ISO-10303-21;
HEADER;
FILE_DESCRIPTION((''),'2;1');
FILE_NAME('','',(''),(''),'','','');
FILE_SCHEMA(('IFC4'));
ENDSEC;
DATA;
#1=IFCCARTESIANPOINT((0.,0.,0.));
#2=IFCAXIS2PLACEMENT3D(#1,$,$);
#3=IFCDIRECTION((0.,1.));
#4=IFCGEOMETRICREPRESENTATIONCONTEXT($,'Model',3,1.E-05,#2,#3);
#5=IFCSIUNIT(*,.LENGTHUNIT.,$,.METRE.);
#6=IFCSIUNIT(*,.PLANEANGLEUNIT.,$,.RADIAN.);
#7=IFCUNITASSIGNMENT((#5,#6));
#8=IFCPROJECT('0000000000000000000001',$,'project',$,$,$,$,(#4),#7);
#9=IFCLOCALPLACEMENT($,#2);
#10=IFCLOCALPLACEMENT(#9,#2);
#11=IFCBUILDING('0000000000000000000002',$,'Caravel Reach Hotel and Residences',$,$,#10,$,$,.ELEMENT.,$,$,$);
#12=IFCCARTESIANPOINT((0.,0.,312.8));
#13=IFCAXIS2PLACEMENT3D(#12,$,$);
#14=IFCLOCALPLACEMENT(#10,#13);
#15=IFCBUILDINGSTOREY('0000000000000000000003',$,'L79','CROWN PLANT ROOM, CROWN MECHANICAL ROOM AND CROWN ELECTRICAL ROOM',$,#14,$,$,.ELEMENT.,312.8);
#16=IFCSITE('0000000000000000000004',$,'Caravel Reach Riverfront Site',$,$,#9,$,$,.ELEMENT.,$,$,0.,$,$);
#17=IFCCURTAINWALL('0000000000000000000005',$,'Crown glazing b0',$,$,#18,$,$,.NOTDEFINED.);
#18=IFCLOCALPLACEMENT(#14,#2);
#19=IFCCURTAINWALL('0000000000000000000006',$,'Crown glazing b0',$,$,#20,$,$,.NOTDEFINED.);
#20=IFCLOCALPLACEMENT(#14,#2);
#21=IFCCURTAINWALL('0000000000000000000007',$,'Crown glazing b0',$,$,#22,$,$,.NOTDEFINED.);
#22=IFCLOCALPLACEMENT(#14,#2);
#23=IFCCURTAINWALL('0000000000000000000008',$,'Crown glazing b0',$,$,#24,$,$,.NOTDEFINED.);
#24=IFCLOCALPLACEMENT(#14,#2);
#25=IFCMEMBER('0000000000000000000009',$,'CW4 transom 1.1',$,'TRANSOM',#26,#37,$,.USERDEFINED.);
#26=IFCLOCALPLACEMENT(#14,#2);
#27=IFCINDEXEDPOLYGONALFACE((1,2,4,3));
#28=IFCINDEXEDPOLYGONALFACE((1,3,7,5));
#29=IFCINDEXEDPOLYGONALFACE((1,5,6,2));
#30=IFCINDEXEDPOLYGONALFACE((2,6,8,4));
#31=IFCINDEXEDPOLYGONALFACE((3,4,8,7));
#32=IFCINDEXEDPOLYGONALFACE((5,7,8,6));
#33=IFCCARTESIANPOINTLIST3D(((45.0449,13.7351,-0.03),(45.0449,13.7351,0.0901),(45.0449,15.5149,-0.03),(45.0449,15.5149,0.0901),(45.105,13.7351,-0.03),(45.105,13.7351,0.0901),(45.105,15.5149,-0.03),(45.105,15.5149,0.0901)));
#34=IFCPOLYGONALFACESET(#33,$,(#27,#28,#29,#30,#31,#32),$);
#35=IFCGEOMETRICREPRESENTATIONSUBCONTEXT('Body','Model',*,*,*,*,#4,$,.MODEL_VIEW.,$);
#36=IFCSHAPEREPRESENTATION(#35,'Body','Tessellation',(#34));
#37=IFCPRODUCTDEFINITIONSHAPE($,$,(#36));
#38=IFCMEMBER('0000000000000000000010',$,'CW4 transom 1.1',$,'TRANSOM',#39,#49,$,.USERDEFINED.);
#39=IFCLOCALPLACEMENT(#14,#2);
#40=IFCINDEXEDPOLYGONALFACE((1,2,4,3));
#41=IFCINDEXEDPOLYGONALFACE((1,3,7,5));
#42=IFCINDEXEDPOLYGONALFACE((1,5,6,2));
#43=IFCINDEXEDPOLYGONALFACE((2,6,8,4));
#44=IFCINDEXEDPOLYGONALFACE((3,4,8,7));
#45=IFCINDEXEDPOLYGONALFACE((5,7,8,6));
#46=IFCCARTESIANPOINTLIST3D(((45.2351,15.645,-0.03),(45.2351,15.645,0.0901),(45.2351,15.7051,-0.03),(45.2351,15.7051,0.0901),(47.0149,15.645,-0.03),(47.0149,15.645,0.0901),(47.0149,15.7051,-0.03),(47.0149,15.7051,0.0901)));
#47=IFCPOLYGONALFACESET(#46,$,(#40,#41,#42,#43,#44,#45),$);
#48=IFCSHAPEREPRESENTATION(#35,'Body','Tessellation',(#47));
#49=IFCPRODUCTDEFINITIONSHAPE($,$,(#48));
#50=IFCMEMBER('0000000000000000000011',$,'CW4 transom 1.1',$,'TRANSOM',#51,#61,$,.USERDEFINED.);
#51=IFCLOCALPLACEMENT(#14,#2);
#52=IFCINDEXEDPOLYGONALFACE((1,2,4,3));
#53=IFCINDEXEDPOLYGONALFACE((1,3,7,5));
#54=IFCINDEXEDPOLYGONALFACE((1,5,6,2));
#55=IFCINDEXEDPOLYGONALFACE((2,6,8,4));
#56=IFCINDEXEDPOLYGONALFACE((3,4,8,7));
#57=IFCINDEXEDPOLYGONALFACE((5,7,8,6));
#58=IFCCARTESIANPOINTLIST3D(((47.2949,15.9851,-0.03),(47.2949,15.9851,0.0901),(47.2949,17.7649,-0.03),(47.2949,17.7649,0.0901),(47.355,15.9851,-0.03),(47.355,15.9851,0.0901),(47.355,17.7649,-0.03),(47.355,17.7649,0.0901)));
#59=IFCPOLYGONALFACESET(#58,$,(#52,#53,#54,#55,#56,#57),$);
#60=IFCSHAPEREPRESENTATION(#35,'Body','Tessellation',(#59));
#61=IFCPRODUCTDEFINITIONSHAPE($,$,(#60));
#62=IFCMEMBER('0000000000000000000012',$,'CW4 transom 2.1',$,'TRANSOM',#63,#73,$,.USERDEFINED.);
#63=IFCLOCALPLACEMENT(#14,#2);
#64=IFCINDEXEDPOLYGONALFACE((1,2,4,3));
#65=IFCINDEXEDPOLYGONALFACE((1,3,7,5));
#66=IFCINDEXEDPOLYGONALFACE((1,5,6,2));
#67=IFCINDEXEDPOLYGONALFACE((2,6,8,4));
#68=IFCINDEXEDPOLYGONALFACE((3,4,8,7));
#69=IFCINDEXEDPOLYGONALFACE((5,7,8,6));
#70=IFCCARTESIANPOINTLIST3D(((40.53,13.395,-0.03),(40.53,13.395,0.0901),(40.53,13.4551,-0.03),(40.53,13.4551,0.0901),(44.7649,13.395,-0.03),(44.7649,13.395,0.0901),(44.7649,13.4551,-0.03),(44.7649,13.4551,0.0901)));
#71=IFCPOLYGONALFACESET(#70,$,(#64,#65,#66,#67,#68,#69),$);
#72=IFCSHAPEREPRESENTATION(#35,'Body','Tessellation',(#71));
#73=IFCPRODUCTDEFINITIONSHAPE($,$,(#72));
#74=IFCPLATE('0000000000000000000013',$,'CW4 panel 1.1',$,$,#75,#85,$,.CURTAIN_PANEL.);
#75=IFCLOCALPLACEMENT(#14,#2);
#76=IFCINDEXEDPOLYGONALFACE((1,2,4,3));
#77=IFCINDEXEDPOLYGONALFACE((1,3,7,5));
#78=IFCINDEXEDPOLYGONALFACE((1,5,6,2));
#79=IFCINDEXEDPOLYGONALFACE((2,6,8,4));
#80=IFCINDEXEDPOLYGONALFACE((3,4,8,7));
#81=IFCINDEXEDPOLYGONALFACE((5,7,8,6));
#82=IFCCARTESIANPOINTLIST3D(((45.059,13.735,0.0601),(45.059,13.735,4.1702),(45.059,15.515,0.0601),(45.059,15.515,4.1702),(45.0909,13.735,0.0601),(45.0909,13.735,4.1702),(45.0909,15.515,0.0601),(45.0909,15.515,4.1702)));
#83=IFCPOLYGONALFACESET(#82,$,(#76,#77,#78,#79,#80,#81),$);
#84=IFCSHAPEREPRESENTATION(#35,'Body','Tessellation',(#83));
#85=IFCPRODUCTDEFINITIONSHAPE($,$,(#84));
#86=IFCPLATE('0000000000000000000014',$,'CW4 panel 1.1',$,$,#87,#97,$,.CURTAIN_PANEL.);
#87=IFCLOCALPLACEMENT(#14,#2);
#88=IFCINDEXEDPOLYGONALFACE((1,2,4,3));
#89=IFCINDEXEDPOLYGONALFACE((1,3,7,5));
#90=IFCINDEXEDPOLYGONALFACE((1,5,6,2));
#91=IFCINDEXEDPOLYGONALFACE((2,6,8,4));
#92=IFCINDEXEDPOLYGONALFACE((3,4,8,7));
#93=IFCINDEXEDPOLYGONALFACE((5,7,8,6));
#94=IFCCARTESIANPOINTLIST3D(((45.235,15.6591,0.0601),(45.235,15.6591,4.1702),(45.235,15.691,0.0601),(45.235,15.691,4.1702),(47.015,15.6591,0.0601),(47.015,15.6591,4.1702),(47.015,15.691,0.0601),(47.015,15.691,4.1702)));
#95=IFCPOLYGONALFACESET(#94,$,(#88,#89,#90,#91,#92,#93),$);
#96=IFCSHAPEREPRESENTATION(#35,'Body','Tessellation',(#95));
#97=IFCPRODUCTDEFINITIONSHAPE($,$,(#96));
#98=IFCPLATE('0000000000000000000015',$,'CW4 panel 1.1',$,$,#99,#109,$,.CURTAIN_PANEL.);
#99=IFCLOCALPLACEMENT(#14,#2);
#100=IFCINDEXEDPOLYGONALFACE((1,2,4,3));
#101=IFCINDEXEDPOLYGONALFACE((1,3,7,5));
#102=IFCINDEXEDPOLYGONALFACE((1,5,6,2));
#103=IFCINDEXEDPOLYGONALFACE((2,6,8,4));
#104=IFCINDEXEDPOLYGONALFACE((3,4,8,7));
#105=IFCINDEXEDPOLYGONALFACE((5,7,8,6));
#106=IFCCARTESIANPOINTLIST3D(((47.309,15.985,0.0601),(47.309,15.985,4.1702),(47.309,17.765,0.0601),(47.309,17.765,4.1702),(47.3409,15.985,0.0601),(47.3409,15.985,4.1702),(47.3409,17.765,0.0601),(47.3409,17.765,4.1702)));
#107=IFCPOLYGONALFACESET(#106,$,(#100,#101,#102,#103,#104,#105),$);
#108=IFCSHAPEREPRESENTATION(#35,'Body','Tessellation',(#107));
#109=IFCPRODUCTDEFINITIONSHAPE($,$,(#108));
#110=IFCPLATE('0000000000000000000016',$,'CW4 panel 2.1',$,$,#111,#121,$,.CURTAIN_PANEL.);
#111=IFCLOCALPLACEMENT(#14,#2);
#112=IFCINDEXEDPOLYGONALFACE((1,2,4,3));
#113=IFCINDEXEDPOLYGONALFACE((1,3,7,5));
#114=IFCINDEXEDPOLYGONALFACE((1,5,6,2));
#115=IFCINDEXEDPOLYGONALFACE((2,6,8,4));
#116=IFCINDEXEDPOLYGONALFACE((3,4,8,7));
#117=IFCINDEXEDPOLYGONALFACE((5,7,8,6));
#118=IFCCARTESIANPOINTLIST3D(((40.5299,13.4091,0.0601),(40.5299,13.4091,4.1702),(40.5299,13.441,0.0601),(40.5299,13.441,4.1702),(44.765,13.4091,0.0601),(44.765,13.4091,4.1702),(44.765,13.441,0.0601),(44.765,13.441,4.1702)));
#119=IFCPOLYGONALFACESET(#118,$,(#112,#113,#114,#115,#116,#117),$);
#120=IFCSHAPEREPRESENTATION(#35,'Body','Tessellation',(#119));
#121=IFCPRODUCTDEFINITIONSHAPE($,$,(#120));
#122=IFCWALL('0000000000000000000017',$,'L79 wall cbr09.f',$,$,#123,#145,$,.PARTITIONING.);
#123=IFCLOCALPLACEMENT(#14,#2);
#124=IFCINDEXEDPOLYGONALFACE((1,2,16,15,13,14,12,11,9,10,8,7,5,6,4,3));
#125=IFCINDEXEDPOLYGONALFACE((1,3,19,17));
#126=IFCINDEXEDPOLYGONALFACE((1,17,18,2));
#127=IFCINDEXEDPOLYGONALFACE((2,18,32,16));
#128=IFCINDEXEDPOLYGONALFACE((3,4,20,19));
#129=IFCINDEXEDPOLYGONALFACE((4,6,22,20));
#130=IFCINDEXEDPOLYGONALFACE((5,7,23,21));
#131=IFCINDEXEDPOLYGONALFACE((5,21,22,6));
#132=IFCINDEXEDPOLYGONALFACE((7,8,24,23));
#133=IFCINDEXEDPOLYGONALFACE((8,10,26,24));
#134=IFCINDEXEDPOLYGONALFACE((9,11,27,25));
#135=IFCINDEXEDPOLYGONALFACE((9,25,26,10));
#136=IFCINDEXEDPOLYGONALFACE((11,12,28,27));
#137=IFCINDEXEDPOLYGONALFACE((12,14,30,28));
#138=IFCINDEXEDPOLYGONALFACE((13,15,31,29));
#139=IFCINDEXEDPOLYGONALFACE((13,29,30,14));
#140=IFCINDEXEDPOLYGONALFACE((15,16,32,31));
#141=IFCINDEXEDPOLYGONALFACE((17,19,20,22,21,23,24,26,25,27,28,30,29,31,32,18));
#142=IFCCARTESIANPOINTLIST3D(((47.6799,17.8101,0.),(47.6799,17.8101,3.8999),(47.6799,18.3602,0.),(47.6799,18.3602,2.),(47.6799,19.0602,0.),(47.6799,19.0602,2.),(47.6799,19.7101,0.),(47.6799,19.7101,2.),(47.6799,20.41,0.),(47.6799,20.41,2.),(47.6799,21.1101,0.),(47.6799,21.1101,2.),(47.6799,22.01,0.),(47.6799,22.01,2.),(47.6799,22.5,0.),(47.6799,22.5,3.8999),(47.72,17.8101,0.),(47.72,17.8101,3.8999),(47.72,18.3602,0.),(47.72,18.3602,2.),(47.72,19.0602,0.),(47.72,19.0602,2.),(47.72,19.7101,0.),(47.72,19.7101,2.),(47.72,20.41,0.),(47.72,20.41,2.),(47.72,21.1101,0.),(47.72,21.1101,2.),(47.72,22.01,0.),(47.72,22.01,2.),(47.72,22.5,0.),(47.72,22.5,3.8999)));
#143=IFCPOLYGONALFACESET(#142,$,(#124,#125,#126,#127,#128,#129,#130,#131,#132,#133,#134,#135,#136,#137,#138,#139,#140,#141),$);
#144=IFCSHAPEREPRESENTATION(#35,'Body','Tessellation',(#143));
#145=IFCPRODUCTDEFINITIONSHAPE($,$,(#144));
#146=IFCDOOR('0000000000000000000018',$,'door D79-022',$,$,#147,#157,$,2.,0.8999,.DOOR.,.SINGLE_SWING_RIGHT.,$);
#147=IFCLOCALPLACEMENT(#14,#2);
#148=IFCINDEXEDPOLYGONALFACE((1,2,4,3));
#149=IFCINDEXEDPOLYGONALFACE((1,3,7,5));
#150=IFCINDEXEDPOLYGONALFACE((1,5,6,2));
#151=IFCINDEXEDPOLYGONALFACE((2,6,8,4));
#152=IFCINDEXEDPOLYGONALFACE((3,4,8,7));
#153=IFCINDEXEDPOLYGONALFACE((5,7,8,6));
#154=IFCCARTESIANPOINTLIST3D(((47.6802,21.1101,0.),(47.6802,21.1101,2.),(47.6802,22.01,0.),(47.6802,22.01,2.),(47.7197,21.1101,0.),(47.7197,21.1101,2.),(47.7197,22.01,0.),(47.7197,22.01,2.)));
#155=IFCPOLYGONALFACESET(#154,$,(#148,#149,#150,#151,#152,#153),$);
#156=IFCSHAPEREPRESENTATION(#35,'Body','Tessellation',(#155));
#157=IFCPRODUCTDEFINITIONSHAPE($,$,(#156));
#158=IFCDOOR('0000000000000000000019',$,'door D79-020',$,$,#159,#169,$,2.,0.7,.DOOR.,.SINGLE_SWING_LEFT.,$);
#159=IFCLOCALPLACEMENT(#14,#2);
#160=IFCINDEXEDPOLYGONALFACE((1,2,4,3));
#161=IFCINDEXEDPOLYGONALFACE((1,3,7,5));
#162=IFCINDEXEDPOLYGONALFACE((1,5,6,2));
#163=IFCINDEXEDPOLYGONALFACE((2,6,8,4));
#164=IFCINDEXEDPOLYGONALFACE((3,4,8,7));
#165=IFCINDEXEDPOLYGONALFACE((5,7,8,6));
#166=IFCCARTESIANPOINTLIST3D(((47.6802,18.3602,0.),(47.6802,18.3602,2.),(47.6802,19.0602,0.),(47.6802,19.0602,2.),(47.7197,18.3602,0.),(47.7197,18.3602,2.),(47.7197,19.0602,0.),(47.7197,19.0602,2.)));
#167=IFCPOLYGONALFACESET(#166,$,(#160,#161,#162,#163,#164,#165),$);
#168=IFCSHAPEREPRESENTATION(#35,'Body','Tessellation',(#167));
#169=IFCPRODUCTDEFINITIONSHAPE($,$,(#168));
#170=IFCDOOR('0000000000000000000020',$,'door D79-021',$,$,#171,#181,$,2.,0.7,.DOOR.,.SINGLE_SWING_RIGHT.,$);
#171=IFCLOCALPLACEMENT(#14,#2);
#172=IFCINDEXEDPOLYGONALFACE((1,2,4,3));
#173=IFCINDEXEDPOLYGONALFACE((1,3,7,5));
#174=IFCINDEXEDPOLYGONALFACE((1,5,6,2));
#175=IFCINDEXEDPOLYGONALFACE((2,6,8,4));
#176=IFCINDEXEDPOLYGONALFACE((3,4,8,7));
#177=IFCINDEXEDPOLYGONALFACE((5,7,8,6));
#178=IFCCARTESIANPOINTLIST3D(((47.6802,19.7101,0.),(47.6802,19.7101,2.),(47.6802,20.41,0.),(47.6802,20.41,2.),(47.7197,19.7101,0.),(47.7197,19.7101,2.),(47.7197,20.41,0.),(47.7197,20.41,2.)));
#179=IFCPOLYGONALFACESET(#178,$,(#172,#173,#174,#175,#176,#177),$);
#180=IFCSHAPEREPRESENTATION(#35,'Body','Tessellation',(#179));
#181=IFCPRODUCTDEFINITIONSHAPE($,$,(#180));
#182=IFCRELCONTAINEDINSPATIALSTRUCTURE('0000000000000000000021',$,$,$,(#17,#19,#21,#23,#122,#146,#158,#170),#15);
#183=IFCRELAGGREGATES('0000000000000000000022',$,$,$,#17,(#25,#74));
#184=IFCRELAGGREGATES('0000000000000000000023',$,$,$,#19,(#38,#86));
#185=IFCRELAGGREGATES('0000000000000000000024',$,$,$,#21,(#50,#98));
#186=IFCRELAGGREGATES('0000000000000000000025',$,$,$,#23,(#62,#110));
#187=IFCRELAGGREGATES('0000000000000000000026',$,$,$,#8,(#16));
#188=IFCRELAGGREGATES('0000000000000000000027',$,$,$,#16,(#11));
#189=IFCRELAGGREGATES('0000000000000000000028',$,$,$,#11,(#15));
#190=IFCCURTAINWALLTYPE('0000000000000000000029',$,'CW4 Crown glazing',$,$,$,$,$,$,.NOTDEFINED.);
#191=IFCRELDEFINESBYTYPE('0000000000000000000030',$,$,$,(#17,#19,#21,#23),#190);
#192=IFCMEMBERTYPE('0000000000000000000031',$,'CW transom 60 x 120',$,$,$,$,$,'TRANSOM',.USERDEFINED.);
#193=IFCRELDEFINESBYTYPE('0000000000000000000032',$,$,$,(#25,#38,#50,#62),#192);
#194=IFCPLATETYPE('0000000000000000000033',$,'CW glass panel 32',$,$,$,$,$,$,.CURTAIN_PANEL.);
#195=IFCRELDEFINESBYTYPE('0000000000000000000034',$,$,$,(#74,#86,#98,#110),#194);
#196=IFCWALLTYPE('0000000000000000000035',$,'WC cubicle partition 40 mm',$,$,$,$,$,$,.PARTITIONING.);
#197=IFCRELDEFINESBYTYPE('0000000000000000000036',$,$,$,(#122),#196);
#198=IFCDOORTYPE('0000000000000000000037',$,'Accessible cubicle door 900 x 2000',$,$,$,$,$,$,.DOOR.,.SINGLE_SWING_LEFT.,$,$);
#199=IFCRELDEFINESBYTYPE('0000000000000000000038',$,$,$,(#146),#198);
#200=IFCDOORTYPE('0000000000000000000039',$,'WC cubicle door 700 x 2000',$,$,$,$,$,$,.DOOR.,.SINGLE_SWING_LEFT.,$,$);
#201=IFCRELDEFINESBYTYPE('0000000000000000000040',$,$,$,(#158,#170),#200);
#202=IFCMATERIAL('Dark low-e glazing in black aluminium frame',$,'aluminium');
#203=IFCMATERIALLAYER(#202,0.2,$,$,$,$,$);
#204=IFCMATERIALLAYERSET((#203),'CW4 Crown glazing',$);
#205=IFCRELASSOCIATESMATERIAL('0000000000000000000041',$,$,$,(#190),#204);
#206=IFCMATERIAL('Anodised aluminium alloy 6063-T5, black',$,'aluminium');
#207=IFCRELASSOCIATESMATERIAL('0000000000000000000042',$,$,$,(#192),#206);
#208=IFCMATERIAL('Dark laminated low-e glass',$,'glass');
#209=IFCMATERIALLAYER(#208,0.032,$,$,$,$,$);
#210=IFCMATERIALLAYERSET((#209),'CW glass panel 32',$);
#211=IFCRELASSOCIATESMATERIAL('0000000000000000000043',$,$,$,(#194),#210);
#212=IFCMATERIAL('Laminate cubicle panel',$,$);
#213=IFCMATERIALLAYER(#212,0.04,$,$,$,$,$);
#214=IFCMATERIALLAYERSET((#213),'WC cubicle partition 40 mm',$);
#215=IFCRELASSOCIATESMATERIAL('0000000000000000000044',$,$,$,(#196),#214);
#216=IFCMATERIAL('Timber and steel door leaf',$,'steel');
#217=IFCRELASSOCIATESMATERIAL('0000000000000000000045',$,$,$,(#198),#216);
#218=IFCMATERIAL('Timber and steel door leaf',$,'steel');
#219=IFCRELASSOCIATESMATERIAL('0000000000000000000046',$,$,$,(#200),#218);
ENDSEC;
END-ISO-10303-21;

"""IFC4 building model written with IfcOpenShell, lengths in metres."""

from ifc_helpers import new_model, si_unit, direction, frame, frame_2d, origin, origin_2d, place, context, subcontext, project, spatial, rectangle, extrude, material, layer, layer_set, material_profile, profile_set, type_object, element, fill, aggregate, save


model = new_model("IFC4")

# Units and contexts
model_context = context("Model", 3, precision=1e-05, world=origin(), true_north=direction((0.0, 1.0)))
body_context = subcontext(model_context, "Body", "Model", "MODEL_VIEW")
ifc_project = project(units=[si_unit("LENGTHUNIT", "METRE"), si_unit("PLANEANGLEUNIT", "RADIAN")], contexts=[model_context])

# Site, building, storey
site_placement = place(None, origin())
site = spatial("IfcSite", under=ifc_project, at=site_placement, Name="Caravel Reach Riverfront Site", CompositionType="ELEMENT", RefElevation=0.0)
building_placement = place(site_placement, origin())
building = spatial("IfcBuilding", under=site, at=building_placement, Name="Caravel Reach Hotel and Residences", CompositionType="ELEMENT")
storey_placement = place(building_placement, frame((0.0, 0.0, 312.8)))
storey = spatial("IfcBuildingStorey", under=building, at=storey_placement, Name="L79", Description="CROWN PLANT ROOM, CROWN MECHANICAL ROOM AND CROWN ELECTRICAL ROOM", CompositionType="ELEMENT", Elevation=312.8)

# Curtain walls
ifc_material_1 = material(Name="Dark low-e glazing in black aluminium frame", Category="aluminium")
ifc_layer_1 = layer(ifc_material_1, 0.2)
ifc_layer_set_1 = layer_set([ifc_layer_1], Name="CW4 Crown glazing")
curtain_wall_type = type_object("IfcCurtainWallType", Name="CW4 Crown glazing", PredefinedType="NOTDEFINED", material=ifc_layer_set_1)
curtain_wall_1_placement = place(storey_placement, origin())
curtain_wall_1 = element("IfcCurtainWall", 1, at=curtain_wall_1_placement, inside=storey, type_object=curtain_wall_type, Name="Crown glazing b0", PredefinedType="NOTDEFINED")
curtain_wall_2_placement = place(storey_placement, origin())
curtain_wall_2 = element("IfcCurtainWall", 2, at=curtain_wall_2_placement, inside=storey, type_object=curtain_wall_type, Name="Crown glazing b0", PredefinedType="NOTDEFINED")
curtain_wall_3_placement = place(storey_placement, origin())
curtain_wall_3 = element("IfcCurtainWall", 3, at=curtain_wall_3_placement, inside=storey, type_object=curtain_wall_type, Name="Crown glazing b0", PredefinedType="NOTDEFINED")

# Curtain wall
curtain_wall_4_placement = place(storey_placement, origin())
curtain_wall_4 = element("IfcCurtainWall", 4, at=curtain_wall_4_placement, inside=storey, type_object=curtain_wall_type, Name="Crown glazing b0", PredefinedType="NOTDEFINED")

# Members
ifc_material_2 = material(Name="Anodised aluminium alloy 6063-T5, black", Category="aluminium")
ifc_material_profile_1 = material_profile(ifc_material_2, rectangle(XDim=0.0601, YDim=0.1201, at=origin_2d()), Name="CW transom 60 x 120")
ifc_profile_set_1 = profile_set([ifc_material_profile_1], Name="Anodised aluminium alloy 6063-T5, black")
member_type_1 = type_object("IfcMemberType", Name="CW transom 60 x 120", ElementType="TRANSOM", PredefinedType="USERDEFINED", material=ifc_profile_set_1)
member_1_placement = place(storey_placement, frame((45.075, 13.7351, 0.03), z_axis=(0.0, 1.0, 0.0), x_axis=(-1.0, 0.0, 0.0)))
member_1 = element("IfcMember", 5, at=member_1_placement, type_object=member_type_1, Name="CW4 transom 1.1", ObjectType="TRANSOM", PredefinedType="USERDEFINED", context=body_context, shape_type="SweptSolid", body=[
    extrude(rectangle(XDim=0.0601, YDim=0.1201, at=origin_2d()), origin(), (0.0, 0.0, 1.0), 1.7798),
])
member_2_placement = place(storey_placement, frame((45.2351, 15.675, 0.03), z_axis=(1.0, 0.0, 0.0), x_axis=(0.0, 1.0, 0.0)))
member_2 = element("IfcMember", 6, at=member_2_placement, type_object=member_type_1, Name="CW4 transom 1.1", ObjectType="TRANSOM", PredefinedType="USERDEFINED", context=body_context, shape_type="SweptSolid", body=[
    extrude(rectangle(XDim=0.0601, YDim=0.1201, at=origin_2d()), origin(), (0.0, 0.0, 1.0), 1.7798),
])
member_3_placement = place(storey_placement, frame((47.325, 15.9851, 0.03), z_axis=(0.0, 1.0, 0.0), x_axis=(-1.0, 0.0, 0.0)))
member_3 = element("IfcMember", 7, at=member_3_placement, type_object=member_type_1, Name="CW4 transom 1.1", ObjectType="TRANSOM", PredefinedType="USERDEFINED", context=body_context, shape_type="SweptSolid", body=[
    extrude(rectangle(XDim=0.0601, YDim=0.1201, at=origin_2d()), origin(), (0.0, 0.0, 1.0), 1.7798),
])
member_4_placement = place(storey_placement, frame((40.53, 13.425, 0.03), z_axis=(1.0, 0.0, 0.0), x_axis=(0.0, 1.0, 0.0)))
member_4 = element("IfcMember", 8, at=member_4_placement, type_object=member_type_1, Name="CW4 transom 2.1", ObjectType="TRANSOM", PredefinedType="USERDEFINED", context=body_context, shape_type="SweptSolid", body=[
    extrude(rectangle(XDim=0.0601, YDim=0.1201, at=origin_2d()), origin(), (0.0, 0.0, 1.0), 4.2349),
])

# Plates
ifc_material_3 = material(Name="Dark laminated low-e glass", Category="glass")
ifc_layer_2 = layer(ifc_material_3, 0.032)
ifc_layer_set_2 = layer_set([ifc_layer_2], Name="CW glass panel 32")
plate_type = type_object("IfcPlateType", Name="CW glass panel 32", PredefinedType="CURTAIN_PANEL", material=ifc_layer_set_2)
plate_1_placement = place(storey_placement, frame((45.075, 14.625, 0.0601), z_axis=(0.0, 0.0, 1.0), x_axis=(0.0, 1.0, 0.0)))
plate_1 = element("IfcPlate", 9, at=plate_1_placement, type_object=plate_type, Name="CW4 panel 1.1", PredefinedType="CURTAIN_PANEL", context=body_context, shape_type="SweptSolid", body=[
    extrude(rectangle(XDim=1.78, YDim=0.032, at=origin_2d()), origin(), (0.0, 0.0, 1.0), 4.1101),
])
aggregate(curtain_wall_1, [member_1, plate_1])
plate_2_placement = place(storey_placement, frame((46.125, 15.675, 0.0601), z_axis=(0.0, 0.0, 1.0), x_axis=(1.0, 0.0, 0.0)))
plate_2 = element("IfcPlate", 10, at=plate_2_placement, type_object=plate_type, Name="CW4 panel 1.1", PredefinedType="CURTAIN_PANEL", context=body_context, shape_type="SweptSolid", body=[
    extrude(rectangle(XDim=1.78, YDim=0.032, at=origin_2d()), origin(), (0.0, 0.0, 1.0), 4.1101),
])
aggregate(curtain_wall_2, [member_2, plate_2])
plate_3_placement = place(storey_placement, frame((47.325, 16.875, 0.0601), z_axis=(0.0, 0.0, 1.0), x_axis=(0.0, 1.0, 0.0)))
plate_3 = element("IfcPlate", 11, at=plate_3_placement, type_object=plate_type, Name="CW4 panel 1.1", PredefinedType="CURTAIN_PANEL", context=body_context, shape_type="SweptSolid", body=[
    extrude(rectangle(XDim=1.78, YDim=0.032, at=origin_2d()), origin(), (0.0, 0.0, 1.0), 4.1101),
])
aggregate(curtain_wall_3, [member_3, plate_3])
plate_4_placement = place(storey_placement, frame((42.6475, 13.425, 0.0601), z_axis=(0.0, 0.0, 1.0), x_axis=(1.0, 0.0, 0.0)))
plate_4 = element("IfcPlate", 12, at=plate_4_placement, type_object=plate_type, Name="CW4 panel 2.1", PredefinedType="CURTAIN_PANEL", context=body_context, shape_type="SweptSolid", body=[
    extrude(rectangle(XDim=4.2351, YDim=0.032, at=origin_2d()), origin(), (0.0, 0.0, 1.0), 4.1101),
])
aggregate(curtain_wall_4, [member_4, plate_4])

# Wall, openings, doors
ifc_material_4 = material(Name="Laminate cubicle panel")
ifc_layer_3 = layer(ifc_material_4, 0.04)
ifc_layer_set_3 = layer_set([ifc_layer_3], Name="WC cubicle partition 40 mm")
wall_type = type_object("IfcWallType", Name="WC cubicle partition 40 mm", PredefinedType="PARTITIONING", material=ifc_layer_set_3)
wall_placement = place(storey_placement, frame((47.7, 17.8101, 0.0), z_axis=(0.0, 0.0, 1.0), x_axis=(0.0, 1.0, 0.0)))
wall = element("IfcWall", 13, at=wall_placement, inside=storey, type_object=wall_type, Name="L79 wall cbr09.f", PredefinedType="PARTITIONING", context=body_context, shape_type="SweptSolid", body=[
    extrude(rectangle(XDim=4.6899, YDim=0.04, at=frame_2d((2.345, 0.0))), origin(), (0.0, 0.0, 1.0), 3.8999),
])
opening_1_placement = place(wall_placement, frame((0.55, 0.0, 0.0)))
opening_1 = element("IfcOpeningElement", 14, at=opening_1_placement, cuts=wall, PredefinedType="OPENING", context=body_context, shape_type="SweptSolid", body=[
    extrude(rectangle(XDim=0.7, YDim=2.0, at=frame_2d((0.3501, 1.0))), frame((0.0, 0.03, 0.0), z_axis=(0.0, -1.0, 0.0), x_axis=(1.0, 0.0, 0.0)), (0.0, 0.0, 1.0), 0.0601),
])
opening_2_placement = place(wall_placement, frame((1.8999, 0.0, 0.0)))
opening_2 = element("IfcOpeningElement", 15, at=opening_2_placement, cuts=wall, PredefinedType="OPENING", context=body_context, shape_type="SweptSolid", body=[
    extrude(rectangle(XDim=0.7, YDim=2.0, at=frame_2d((0.3501, 1.0))), frame((0.0, 0.03, 0.0), z_axis=(0.0, -1.0, 0.0), x_axis=(1.0, 0.0, 0.0)), (0.0, 0.0, 1.0), 0.0601),
])
opening_3_placement = place(wall_placement, frame((3.3, 0.0, 0.0)))
opening_3 = element("IfcOpeningElement", 16, at=opening_3_placement, cuts=wall, PredefinedType="OPENING", context=body_context, shape_type="SweptSolid", body=[
    extrude(rectangle(XDim=0.8999, YDim=2.0, at=frame_2d((0.45, 1.0))), frame((0.0, 0.03, 0.0), z_axis=(0.0, -1.0, 0.0), x_axis=(1.0, 0.0, 0.0)), (0.0, 0.0, 1.0), 0.0601),
])
ifc_material_5 = material(Name="Timber and steel door leaf", Category="steel")
door_type_1 = type_object("IfcDoorType", Name="Accessible cubicle door 900 x 2000", OperationType="SINGLE_SWING_LEFT", PredefinedType="DOOR", material=ifc_material_5)
door_1_placement = place(opening_3_placement, origin())
door_1 = element("IfcDoor", 17, at=door_1_placement, inside=storey, type_object=door_type_1, Name="door D79-022", OperationType="SINGLE_SWING_RIGHT", OverallHeight=2.0, OverallWidth=0.8999, PredefinedType="DOOR", context=body_context, shape_type="SweptSolid", body=[
    extrude(rectangle(XDim=0.8999, YDim=2.0, at=frame_2d((0.45, 1.0))), frame((0.0, 0.0198, 0.0), z_axis=(0.0, -1.0, 0.0), x_axis=(1.0, 0.0, 0.0)), (0.0, 0.0, 1.0), 0.0396),
])
fill(opening_3, door_1)
ifc_material_6 = material(Name="Timber and steel door leaf", Category="steel")
door_type_2 = type_object("IfcDoorType", Name="WC cubicle door 700 x 2000", OperationType="SINGLE_SWING_LEFT", PredefinedType="DOOR", material=ifc_material_6)
door_2_placement = place(opening_1_placement, origin())
door_2 = element("IfcDoor", 18, at=door_2_placement, inside=storey, type_object=door_type_2, Name="door D79-020", OperationType="SINGLE_SWING_LEFT", OverallHeight=2.0, OverallWidth=0.7, PredefinedType="DOOR", context=body_context, shape_type="SweptSolid", body=[
    extrude(rectangle(XDim=0.7, YDim=2.0, at=frame_2d((0.3501, 1.0))), frame((0.0, 0.0198, 0.0), z_axis=(0.0, -1.0, 0.0), x_axis=(1.0, 0.0, 0.0)), (0.0, 0.0, 1.0), 0.0396),
])
fill(opening_1, door_2)
door_3_placement = place(opening_2_placement, origin())
door_3 = element("IfcDoor", 19, at=door_3_placement, inside=storey, type_object=door_type_2, Name="door D79-021", OperationType="SINGLE_SWING_RIGHT", OverallHeight=2.0, OverallWidth=0.7, PredefinedType="DOOR", context=body_context, shape_type="SweptSolid", body=[
    extrude(rectangle(XDim=0.7, YDim=2.0, at=frame_2d((0.3501, 1.0))), frame((0.0, 0.0198, 0.0), z_axis=(0.0, -1.0, 0.0), x_axis=(1.0, 0.0, 0.0)), (0.0, 0.0, 1.0), 0.0396),
])
fill(opening_2, door_3)

save(model, "model.ifc")
